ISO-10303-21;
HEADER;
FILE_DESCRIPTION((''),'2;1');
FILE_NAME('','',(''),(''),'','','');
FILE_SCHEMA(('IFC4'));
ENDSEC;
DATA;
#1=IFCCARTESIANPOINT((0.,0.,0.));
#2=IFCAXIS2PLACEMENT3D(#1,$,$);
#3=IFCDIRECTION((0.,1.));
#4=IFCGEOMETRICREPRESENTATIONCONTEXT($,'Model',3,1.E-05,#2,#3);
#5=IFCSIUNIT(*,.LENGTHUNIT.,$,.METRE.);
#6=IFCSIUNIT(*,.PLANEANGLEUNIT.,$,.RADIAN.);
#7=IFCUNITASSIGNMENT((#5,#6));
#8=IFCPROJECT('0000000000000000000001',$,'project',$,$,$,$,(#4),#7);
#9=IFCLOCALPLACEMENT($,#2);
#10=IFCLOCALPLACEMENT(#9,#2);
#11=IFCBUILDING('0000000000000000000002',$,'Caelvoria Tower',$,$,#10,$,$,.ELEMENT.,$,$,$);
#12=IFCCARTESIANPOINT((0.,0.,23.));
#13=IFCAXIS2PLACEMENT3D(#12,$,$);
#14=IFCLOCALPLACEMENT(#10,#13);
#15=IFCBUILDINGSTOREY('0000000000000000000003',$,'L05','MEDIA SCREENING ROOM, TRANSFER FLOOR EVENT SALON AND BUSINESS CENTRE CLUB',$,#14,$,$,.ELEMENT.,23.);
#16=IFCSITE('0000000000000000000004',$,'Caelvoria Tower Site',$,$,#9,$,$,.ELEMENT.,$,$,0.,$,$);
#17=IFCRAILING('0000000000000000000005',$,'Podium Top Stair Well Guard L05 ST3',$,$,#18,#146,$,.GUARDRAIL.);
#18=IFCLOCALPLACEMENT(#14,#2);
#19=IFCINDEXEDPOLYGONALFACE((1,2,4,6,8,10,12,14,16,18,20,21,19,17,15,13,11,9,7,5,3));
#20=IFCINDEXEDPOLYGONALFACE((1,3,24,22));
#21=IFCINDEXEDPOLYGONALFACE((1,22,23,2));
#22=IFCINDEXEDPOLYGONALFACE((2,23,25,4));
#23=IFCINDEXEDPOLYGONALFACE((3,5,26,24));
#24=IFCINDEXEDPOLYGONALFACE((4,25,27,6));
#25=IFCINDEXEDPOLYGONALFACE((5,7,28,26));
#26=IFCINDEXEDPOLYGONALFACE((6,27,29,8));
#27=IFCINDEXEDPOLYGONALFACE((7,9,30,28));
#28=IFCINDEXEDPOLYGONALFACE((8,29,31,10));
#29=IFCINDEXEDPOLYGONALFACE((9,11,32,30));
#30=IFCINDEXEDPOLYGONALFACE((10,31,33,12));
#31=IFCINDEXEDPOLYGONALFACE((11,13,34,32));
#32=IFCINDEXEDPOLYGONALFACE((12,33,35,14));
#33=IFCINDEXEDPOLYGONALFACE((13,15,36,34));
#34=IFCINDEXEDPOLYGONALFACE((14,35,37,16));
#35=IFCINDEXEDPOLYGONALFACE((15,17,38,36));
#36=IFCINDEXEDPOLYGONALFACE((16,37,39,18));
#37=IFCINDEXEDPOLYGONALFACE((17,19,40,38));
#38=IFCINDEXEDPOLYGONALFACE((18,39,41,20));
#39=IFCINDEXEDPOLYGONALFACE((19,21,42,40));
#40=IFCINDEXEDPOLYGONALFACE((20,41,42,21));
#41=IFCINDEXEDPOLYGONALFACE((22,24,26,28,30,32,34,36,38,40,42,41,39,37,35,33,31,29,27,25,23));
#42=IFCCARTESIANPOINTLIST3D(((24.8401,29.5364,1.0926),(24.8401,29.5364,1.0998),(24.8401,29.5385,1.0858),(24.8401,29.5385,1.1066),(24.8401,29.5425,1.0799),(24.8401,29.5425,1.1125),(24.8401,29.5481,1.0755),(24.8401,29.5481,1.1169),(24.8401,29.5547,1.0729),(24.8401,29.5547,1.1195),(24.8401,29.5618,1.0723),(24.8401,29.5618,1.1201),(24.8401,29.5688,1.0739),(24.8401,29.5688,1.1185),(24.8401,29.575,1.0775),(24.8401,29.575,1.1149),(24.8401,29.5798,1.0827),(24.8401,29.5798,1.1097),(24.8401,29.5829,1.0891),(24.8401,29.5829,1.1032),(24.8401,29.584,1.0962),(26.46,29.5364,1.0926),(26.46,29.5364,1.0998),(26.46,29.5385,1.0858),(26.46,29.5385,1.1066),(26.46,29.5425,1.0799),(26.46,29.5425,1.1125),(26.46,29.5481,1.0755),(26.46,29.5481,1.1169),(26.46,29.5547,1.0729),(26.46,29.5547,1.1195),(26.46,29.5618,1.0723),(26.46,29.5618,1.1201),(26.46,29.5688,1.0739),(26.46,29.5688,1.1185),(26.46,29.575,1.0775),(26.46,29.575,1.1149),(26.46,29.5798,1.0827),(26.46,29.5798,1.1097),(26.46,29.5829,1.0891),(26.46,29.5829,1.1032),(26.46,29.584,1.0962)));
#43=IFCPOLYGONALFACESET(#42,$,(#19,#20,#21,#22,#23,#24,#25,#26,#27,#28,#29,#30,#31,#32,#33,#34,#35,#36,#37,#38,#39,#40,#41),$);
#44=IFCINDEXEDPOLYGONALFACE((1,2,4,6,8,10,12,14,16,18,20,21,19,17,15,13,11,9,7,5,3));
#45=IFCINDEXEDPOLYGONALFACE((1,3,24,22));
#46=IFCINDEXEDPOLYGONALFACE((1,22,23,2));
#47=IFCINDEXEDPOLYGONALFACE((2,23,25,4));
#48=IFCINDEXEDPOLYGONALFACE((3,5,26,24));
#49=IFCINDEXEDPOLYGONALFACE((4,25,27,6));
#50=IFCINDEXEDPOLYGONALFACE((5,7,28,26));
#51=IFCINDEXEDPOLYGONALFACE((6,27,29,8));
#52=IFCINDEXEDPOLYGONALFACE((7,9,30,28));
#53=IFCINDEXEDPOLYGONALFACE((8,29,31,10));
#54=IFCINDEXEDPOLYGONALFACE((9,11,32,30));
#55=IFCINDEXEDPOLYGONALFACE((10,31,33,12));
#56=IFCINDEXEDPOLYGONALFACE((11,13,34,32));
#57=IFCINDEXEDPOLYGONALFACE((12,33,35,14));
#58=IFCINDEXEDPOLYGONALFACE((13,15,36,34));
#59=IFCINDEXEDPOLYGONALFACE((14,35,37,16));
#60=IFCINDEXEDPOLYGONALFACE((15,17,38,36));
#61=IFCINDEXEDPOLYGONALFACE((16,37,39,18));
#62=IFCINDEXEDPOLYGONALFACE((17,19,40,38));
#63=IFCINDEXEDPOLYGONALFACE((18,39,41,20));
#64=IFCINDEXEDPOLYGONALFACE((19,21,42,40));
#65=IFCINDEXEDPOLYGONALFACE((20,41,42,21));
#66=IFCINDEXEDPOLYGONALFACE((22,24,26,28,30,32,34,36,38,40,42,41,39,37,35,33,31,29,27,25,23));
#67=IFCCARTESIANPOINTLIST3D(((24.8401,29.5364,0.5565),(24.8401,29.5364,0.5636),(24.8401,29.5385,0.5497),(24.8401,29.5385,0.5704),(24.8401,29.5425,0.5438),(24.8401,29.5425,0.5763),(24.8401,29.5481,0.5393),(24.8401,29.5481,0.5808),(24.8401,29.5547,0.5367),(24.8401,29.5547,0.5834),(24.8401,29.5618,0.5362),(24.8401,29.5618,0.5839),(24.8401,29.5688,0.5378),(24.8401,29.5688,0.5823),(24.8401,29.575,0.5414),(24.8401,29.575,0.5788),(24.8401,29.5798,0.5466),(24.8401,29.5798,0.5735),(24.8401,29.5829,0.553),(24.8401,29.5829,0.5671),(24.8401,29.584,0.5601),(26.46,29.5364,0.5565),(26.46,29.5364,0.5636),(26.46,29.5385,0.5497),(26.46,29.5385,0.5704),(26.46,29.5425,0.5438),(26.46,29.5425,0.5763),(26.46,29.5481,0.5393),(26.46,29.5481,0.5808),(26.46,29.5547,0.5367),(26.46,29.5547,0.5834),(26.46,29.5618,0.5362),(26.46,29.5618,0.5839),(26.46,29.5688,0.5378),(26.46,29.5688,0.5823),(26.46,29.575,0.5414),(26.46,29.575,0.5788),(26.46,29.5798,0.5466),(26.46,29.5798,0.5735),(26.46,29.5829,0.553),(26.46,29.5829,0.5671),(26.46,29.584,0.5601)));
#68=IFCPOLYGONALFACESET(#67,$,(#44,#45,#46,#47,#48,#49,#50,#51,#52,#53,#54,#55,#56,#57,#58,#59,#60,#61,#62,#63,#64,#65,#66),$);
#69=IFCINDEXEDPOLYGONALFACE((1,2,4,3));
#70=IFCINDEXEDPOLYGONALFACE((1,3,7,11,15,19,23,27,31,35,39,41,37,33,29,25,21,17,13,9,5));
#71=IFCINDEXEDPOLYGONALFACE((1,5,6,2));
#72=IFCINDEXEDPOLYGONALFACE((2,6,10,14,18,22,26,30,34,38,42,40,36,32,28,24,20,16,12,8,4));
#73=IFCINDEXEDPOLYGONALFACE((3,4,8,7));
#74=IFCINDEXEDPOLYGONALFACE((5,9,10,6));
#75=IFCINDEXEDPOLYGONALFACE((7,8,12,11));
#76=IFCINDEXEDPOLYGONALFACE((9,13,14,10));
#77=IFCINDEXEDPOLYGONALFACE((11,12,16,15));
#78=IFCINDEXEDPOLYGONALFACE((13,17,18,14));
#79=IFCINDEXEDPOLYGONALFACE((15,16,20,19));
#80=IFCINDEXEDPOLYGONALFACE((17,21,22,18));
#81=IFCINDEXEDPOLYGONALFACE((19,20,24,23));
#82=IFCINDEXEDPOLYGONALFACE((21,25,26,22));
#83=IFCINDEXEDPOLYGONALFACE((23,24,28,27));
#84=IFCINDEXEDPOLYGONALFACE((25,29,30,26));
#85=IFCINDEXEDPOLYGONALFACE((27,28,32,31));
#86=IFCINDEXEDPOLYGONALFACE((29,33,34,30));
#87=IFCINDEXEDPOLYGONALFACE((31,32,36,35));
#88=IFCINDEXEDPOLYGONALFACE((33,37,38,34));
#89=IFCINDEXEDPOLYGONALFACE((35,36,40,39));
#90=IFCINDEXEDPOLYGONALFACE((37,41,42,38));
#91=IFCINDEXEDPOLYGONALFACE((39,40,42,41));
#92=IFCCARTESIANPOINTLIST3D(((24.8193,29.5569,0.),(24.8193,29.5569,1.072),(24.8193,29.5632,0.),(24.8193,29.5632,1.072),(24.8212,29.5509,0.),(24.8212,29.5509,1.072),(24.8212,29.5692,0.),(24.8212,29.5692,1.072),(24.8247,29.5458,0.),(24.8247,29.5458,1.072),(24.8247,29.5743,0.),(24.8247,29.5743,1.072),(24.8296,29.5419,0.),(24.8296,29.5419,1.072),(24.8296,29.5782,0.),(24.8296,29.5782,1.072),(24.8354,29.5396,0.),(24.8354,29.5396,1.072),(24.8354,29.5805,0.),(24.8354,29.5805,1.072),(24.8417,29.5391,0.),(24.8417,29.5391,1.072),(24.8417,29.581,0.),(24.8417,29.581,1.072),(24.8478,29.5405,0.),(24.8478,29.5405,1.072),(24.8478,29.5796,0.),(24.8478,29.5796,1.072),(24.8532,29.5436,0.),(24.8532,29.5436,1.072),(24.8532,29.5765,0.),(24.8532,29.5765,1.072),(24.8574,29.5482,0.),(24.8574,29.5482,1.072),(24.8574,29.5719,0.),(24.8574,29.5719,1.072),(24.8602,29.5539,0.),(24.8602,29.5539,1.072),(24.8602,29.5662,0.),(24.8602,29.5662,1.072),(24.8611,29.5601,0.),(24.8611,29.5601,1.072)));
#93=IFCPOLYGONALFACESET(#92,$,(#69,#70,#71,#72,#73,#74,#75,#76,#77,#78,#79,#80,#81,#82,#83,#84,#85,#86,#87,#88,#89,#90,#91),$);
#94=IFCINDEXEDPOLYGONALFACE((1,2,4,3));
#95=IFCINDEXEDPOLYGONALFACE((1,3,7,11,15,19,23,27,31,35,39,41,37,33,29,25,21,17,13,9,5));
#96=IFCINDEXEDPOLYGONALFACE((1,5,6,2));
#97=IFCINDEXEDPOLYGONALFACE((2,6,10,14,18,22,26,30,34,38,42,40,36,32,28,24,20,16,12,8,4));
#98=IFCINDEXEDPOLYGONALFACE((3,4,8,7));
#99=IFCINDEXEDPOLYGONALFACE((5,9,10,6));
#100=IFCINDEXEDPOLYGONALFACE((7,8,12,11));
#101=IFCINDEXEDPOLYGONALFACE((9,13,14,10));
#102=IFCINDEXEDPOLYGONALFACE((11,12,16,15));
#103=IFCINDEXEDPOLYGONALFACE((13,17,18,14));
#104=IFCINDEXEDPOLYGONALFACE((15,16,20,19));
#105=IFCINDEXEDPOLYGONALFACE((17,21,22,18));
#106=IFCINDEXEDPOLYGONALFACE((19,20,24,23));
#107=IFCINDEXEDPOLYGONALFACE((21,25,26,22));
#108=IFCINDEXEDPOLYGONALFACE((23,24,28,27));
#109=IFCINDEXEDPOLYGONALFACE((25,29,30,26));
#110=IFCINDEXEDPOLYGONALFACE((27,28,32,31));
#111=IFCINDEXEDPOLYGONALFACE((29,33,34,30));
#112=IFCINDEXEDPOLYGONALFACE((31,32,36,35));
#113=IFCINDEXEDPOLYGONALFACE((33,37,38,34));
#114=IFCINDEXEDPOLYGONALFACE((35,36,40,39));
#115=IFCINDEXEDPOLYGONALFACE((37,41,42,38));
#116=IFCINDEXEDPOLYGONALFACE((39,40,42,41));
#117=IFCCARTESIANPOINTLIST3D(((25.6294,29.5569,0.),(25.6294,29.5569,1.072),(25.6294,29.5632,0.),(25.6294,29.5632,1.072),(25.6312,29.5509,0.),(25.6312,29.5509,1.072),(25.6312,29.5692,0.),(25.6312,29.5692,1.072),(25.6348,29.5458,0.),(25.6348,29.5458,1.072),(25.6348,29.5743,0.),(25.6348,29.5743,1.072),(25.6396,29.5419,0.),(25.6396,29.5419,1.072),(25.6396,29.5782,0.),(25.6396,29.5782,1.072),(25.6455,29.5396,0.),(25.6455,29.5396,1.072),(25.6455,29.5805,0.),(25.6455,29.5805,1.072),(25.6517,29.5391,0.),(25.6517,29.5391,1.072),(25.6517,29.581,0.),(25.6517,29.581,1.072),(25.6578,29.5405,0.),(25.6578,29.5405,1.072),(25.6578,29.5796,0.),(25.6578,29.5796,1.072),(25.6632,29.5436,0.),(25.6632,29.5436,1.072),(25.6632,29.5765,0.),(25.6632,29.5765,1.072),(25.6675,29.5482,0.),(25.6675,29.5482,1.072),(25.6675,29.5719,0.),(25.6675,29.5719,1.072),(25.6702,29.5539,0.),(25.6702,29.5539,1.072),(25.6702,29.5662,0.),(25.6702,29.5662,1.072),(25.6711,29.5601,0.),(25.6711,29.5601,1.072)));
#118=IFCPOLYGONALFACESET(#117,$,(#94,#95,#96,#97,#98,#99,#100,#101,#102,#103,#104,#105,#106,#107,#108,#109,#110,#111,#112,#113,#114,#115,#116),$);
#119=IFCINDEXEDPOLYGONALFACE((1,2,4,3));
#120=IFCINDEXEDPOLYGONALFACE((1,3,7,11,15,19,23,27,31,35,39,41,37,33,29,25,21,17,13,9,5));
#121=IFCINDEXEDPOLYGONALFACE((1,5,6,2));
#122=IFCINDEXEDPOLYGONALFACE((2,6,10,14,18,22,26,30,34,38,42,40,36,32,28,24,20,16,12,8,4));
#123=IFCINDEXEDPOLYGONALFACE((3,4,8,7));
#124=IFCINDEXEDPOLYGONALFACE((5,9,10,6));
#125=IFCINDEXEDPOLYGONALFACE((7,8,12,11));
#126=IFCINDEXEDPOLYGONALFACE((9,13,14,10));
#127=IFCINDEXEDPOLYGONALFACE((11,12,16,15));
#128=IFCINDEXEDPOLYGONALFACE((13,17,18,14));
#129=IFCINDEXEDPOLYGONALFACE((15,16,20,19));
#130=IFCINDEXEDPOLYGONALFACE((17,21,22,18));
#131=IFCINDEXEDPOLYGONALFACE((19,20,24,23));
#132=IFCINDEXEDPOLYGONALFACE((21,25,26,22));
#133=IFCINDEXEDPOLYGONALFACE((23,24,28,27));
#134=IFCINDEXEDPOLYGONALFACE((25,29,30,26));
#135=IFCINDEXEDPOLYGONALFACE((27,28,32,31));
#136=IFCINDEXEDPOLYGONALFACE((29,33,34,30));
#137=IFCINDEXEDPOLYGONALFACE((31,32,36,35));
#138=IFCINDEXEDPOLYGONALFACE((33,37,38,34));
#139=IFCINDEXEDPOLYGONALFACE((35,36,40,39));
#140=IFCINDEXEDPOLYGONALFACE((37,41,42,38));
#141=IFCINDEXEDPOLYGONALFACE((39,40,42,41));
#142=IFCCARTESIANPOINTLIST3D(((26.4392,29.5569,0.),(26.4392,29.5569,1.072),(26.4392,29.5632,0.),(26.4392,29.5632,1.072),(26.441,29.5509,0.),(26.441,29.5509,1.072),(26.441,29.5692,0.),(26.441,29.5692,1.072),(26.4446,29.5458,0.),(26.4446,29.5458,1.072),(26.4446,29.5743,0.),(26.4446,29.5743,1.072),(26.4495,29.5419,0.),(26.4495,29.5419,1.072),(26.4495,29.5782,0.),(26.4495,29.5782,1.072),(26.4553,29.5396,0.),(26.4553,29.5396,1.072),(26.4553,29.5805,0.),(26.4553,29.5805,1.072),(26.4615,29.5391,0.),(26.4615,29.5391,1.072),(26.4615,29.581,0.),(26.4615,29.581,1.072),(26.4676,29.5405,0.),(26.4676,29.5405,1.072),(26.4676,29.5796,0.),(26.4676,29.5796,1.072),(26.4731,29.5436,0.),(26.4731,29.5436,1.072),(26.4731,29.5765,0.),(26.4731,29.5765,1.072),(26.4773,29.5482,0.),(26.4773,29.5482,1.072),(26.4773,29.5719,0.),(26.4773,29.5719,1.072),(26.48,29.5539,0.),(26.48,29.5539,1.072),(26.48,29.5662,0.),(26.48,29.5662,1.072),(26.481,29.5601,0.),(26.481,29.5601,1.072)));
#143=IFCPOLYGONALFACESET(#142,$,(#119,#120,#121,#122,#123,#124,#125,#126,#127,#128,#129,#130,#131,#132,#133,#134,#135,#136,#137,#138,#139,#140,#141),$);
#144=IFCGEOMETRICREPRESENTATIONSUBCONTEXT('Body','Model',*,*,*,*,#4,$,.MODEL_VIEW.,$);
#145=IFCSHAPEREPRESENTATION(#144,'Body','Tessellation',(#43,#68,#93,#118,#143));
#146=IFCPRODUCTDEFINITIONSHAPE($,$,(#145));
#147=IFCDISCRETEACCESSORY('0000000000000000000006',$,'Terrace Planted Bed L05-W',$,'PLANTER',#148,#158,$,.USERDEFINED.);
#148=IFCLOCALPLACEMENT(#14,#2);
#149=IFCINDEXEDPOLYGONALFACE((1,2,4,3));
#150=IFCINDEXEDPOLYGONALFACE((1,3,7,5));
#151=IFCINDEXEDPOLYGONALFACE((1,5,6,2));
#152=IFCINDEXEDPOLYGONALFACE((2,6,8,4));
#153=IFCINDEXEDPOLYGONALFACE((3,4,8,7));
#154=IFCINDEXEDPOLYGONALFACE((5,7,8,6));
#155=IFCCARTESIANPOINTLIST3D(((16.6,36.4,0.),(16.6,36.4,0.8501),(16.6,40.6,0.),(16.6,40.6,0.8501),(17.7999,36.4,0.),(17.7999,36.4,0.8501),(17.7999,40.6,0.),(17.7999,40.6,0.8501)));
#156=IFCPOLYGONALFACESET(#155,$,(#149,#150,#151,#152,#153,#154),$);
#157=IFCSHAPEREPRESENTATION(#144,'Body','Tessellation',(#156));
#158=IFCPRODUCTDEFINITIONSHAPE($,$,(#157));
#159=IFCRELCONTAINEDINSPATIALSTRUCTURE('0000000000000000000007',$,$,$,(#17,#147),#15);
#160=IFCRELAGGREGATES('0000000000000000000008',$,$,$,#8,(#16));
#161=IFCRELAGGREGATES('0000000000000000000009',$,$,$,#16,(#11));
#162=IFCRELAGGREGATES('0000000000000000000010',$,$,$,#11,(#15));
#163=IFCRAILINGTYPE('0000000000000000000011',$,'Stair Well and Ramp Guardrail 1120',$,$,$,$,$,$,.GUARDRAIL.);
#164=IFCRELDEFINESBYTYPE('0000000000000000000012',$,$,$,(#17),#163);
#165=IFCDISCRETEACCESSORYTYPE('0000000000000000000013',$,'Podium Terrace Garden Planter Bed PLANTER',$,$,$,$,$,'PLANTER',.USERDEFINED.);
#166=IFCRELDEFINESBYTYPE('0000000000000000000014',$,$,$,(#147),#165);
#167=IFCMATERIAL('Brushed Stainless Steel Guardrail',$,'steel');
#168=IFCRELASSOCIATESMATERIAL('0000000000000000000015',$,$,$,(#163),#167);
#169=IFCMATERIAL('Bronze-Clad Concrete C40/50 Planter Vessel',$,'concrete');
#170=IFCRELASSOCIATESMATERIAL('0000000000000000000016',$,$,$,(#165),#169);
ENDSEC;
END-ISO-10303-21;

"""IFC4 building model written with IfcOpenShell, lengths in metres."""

from ifc_helpers import new_model, si_unit, direction, frame, origin, origin_2d, place, context, subcontext, project, spatial, rectangle, circle, extrude, material, type_object, element, save


model = new_model("IFC4")

# Units and contexts
model_context = context("Model", 3, precision=1e-05, world=origin(), true_north=direction((0.0, 1.0)))
body_context = subcontext(model_context, "Body", "Model", "MODEL_VIEW")
ifc_project = project(units=[si_unit("LENGTHUNIT", "METRE"), si_unit("PLANEANGLEUNIT", "RADIAN")], contexts=[model_context])

# Site, building, storey
site_placement = place(None, origin())
site = spatial("IfcSite", under=ifc_project, at=site_placement, Name="Caelvoria Tower Site", CompositionType="ELEMENT", RefElevation=0.0)
building_placement = place(site_placement, origin())
building = spatial("IfcBuilding", under=site, at=building_placement, Name="Caelvoria Tower", CompositionType="ELEMENT")
storey_placement = place(building_placement, frame((0.0, 0.0, 23.0)))
storey = spatial("IfcBuildingStorey", under=building, at=storey_placement, Name="L05", Description="MEDIA SCREENING ROOM, TRANSFER FLOOR EVENT SALON AND BUSINESS CENTRE CLUB", CompositionType="ELEMENT", Elevation=23.0)

# Railing
ifc_material_1 = material(Name="Brushed Stainless Steel Guardrail", Category="steel")
railing_type = type_object("IfcRailingType", Name="Stair Well and Ramp Guardrail 1120", PredefinedType="GUARDRAIL", material=ifc_material_1)
railing_placement = place(storey_placement, frame((24.8401, 29.5601, 0.0)))
element("IfcRailing", 1, at=railing_placement, inside=storey, type_object=railing_type, Name="Podium Top Stair Well Guard L05 ST3", PredefinedType="GUARDRAIL", context=body_context, shape_type="SweptSolid", body=[
    extrude(circle(Radius=0.0239, at=origin_2d()), frame((0.0, 0.0, 1.0962), z_axis=(1.0, 0.0, 0.0), x_axis=(0.0, 1.0, 0.0)), (0.0, 0.0, 1.0), 1.6199),
    extrude(circle(Radius=0.0239, at=origin_2d()), frame((0.0, 0.0, 0.5601), z_axis=(1.0, 0.0, 0.0), x_axis=(0.0, 1.0, 0.0)), (0.0, 0.0, 1.0), 1.6199),
    extrude(circle(Radius=0.021, at=origin_2d()), origin(), (0.0, 0.0, 1.0), 1.072),
    extrude(circle(Radius=0.021, at=origin_2d()), frame((0.8101, 0.0, 0.0)), (0.0, 0.0, 1.0), 1.072),
    extrude(circle(Radius=0.021, at=origin_2d()), frame((1.6199, 0.0, 0.0)), (0.0, 0.0, 1.0), 1.072),
])

# Discrete accessory
ifc_material_2 = material(Name="Bronze-Clad Concrete C40/50 Planter Vessel", Category="concrete")
discrete_accessory_type = type_object("IfcDiscreteAccessoryType", Name="Podium Terrace Garden Planter Bed PLANTER", ElementType="PLANTER", PredefinedType="USERDEFINED", material=ifc_material_2)
discrete_accessory_placement = place(storey_placement, frame((17.2, 38.5, 0.0), z_axis=(0.0, 0.0, 1.0), x_axis=(1.0, 0.0, 0.0)))
element("IfcDiscreteAccessory", 2, at=discrete_accessory_placement, inside=storey, type_object=discrete_accessory_type, Name="Terrace Planted Bed L05-W", ObjectType="PLANTER", PredefinedType="USERDEFINED", context=body_context, shape_type="SweptSolid", body=[
    extrude(rectangle(XDim=1.2, YDim=4.2, at=origin_2d()), origin(), (0.0, 0.0, 1.0), 0.8501),
])

save(model, "model.ifc")
